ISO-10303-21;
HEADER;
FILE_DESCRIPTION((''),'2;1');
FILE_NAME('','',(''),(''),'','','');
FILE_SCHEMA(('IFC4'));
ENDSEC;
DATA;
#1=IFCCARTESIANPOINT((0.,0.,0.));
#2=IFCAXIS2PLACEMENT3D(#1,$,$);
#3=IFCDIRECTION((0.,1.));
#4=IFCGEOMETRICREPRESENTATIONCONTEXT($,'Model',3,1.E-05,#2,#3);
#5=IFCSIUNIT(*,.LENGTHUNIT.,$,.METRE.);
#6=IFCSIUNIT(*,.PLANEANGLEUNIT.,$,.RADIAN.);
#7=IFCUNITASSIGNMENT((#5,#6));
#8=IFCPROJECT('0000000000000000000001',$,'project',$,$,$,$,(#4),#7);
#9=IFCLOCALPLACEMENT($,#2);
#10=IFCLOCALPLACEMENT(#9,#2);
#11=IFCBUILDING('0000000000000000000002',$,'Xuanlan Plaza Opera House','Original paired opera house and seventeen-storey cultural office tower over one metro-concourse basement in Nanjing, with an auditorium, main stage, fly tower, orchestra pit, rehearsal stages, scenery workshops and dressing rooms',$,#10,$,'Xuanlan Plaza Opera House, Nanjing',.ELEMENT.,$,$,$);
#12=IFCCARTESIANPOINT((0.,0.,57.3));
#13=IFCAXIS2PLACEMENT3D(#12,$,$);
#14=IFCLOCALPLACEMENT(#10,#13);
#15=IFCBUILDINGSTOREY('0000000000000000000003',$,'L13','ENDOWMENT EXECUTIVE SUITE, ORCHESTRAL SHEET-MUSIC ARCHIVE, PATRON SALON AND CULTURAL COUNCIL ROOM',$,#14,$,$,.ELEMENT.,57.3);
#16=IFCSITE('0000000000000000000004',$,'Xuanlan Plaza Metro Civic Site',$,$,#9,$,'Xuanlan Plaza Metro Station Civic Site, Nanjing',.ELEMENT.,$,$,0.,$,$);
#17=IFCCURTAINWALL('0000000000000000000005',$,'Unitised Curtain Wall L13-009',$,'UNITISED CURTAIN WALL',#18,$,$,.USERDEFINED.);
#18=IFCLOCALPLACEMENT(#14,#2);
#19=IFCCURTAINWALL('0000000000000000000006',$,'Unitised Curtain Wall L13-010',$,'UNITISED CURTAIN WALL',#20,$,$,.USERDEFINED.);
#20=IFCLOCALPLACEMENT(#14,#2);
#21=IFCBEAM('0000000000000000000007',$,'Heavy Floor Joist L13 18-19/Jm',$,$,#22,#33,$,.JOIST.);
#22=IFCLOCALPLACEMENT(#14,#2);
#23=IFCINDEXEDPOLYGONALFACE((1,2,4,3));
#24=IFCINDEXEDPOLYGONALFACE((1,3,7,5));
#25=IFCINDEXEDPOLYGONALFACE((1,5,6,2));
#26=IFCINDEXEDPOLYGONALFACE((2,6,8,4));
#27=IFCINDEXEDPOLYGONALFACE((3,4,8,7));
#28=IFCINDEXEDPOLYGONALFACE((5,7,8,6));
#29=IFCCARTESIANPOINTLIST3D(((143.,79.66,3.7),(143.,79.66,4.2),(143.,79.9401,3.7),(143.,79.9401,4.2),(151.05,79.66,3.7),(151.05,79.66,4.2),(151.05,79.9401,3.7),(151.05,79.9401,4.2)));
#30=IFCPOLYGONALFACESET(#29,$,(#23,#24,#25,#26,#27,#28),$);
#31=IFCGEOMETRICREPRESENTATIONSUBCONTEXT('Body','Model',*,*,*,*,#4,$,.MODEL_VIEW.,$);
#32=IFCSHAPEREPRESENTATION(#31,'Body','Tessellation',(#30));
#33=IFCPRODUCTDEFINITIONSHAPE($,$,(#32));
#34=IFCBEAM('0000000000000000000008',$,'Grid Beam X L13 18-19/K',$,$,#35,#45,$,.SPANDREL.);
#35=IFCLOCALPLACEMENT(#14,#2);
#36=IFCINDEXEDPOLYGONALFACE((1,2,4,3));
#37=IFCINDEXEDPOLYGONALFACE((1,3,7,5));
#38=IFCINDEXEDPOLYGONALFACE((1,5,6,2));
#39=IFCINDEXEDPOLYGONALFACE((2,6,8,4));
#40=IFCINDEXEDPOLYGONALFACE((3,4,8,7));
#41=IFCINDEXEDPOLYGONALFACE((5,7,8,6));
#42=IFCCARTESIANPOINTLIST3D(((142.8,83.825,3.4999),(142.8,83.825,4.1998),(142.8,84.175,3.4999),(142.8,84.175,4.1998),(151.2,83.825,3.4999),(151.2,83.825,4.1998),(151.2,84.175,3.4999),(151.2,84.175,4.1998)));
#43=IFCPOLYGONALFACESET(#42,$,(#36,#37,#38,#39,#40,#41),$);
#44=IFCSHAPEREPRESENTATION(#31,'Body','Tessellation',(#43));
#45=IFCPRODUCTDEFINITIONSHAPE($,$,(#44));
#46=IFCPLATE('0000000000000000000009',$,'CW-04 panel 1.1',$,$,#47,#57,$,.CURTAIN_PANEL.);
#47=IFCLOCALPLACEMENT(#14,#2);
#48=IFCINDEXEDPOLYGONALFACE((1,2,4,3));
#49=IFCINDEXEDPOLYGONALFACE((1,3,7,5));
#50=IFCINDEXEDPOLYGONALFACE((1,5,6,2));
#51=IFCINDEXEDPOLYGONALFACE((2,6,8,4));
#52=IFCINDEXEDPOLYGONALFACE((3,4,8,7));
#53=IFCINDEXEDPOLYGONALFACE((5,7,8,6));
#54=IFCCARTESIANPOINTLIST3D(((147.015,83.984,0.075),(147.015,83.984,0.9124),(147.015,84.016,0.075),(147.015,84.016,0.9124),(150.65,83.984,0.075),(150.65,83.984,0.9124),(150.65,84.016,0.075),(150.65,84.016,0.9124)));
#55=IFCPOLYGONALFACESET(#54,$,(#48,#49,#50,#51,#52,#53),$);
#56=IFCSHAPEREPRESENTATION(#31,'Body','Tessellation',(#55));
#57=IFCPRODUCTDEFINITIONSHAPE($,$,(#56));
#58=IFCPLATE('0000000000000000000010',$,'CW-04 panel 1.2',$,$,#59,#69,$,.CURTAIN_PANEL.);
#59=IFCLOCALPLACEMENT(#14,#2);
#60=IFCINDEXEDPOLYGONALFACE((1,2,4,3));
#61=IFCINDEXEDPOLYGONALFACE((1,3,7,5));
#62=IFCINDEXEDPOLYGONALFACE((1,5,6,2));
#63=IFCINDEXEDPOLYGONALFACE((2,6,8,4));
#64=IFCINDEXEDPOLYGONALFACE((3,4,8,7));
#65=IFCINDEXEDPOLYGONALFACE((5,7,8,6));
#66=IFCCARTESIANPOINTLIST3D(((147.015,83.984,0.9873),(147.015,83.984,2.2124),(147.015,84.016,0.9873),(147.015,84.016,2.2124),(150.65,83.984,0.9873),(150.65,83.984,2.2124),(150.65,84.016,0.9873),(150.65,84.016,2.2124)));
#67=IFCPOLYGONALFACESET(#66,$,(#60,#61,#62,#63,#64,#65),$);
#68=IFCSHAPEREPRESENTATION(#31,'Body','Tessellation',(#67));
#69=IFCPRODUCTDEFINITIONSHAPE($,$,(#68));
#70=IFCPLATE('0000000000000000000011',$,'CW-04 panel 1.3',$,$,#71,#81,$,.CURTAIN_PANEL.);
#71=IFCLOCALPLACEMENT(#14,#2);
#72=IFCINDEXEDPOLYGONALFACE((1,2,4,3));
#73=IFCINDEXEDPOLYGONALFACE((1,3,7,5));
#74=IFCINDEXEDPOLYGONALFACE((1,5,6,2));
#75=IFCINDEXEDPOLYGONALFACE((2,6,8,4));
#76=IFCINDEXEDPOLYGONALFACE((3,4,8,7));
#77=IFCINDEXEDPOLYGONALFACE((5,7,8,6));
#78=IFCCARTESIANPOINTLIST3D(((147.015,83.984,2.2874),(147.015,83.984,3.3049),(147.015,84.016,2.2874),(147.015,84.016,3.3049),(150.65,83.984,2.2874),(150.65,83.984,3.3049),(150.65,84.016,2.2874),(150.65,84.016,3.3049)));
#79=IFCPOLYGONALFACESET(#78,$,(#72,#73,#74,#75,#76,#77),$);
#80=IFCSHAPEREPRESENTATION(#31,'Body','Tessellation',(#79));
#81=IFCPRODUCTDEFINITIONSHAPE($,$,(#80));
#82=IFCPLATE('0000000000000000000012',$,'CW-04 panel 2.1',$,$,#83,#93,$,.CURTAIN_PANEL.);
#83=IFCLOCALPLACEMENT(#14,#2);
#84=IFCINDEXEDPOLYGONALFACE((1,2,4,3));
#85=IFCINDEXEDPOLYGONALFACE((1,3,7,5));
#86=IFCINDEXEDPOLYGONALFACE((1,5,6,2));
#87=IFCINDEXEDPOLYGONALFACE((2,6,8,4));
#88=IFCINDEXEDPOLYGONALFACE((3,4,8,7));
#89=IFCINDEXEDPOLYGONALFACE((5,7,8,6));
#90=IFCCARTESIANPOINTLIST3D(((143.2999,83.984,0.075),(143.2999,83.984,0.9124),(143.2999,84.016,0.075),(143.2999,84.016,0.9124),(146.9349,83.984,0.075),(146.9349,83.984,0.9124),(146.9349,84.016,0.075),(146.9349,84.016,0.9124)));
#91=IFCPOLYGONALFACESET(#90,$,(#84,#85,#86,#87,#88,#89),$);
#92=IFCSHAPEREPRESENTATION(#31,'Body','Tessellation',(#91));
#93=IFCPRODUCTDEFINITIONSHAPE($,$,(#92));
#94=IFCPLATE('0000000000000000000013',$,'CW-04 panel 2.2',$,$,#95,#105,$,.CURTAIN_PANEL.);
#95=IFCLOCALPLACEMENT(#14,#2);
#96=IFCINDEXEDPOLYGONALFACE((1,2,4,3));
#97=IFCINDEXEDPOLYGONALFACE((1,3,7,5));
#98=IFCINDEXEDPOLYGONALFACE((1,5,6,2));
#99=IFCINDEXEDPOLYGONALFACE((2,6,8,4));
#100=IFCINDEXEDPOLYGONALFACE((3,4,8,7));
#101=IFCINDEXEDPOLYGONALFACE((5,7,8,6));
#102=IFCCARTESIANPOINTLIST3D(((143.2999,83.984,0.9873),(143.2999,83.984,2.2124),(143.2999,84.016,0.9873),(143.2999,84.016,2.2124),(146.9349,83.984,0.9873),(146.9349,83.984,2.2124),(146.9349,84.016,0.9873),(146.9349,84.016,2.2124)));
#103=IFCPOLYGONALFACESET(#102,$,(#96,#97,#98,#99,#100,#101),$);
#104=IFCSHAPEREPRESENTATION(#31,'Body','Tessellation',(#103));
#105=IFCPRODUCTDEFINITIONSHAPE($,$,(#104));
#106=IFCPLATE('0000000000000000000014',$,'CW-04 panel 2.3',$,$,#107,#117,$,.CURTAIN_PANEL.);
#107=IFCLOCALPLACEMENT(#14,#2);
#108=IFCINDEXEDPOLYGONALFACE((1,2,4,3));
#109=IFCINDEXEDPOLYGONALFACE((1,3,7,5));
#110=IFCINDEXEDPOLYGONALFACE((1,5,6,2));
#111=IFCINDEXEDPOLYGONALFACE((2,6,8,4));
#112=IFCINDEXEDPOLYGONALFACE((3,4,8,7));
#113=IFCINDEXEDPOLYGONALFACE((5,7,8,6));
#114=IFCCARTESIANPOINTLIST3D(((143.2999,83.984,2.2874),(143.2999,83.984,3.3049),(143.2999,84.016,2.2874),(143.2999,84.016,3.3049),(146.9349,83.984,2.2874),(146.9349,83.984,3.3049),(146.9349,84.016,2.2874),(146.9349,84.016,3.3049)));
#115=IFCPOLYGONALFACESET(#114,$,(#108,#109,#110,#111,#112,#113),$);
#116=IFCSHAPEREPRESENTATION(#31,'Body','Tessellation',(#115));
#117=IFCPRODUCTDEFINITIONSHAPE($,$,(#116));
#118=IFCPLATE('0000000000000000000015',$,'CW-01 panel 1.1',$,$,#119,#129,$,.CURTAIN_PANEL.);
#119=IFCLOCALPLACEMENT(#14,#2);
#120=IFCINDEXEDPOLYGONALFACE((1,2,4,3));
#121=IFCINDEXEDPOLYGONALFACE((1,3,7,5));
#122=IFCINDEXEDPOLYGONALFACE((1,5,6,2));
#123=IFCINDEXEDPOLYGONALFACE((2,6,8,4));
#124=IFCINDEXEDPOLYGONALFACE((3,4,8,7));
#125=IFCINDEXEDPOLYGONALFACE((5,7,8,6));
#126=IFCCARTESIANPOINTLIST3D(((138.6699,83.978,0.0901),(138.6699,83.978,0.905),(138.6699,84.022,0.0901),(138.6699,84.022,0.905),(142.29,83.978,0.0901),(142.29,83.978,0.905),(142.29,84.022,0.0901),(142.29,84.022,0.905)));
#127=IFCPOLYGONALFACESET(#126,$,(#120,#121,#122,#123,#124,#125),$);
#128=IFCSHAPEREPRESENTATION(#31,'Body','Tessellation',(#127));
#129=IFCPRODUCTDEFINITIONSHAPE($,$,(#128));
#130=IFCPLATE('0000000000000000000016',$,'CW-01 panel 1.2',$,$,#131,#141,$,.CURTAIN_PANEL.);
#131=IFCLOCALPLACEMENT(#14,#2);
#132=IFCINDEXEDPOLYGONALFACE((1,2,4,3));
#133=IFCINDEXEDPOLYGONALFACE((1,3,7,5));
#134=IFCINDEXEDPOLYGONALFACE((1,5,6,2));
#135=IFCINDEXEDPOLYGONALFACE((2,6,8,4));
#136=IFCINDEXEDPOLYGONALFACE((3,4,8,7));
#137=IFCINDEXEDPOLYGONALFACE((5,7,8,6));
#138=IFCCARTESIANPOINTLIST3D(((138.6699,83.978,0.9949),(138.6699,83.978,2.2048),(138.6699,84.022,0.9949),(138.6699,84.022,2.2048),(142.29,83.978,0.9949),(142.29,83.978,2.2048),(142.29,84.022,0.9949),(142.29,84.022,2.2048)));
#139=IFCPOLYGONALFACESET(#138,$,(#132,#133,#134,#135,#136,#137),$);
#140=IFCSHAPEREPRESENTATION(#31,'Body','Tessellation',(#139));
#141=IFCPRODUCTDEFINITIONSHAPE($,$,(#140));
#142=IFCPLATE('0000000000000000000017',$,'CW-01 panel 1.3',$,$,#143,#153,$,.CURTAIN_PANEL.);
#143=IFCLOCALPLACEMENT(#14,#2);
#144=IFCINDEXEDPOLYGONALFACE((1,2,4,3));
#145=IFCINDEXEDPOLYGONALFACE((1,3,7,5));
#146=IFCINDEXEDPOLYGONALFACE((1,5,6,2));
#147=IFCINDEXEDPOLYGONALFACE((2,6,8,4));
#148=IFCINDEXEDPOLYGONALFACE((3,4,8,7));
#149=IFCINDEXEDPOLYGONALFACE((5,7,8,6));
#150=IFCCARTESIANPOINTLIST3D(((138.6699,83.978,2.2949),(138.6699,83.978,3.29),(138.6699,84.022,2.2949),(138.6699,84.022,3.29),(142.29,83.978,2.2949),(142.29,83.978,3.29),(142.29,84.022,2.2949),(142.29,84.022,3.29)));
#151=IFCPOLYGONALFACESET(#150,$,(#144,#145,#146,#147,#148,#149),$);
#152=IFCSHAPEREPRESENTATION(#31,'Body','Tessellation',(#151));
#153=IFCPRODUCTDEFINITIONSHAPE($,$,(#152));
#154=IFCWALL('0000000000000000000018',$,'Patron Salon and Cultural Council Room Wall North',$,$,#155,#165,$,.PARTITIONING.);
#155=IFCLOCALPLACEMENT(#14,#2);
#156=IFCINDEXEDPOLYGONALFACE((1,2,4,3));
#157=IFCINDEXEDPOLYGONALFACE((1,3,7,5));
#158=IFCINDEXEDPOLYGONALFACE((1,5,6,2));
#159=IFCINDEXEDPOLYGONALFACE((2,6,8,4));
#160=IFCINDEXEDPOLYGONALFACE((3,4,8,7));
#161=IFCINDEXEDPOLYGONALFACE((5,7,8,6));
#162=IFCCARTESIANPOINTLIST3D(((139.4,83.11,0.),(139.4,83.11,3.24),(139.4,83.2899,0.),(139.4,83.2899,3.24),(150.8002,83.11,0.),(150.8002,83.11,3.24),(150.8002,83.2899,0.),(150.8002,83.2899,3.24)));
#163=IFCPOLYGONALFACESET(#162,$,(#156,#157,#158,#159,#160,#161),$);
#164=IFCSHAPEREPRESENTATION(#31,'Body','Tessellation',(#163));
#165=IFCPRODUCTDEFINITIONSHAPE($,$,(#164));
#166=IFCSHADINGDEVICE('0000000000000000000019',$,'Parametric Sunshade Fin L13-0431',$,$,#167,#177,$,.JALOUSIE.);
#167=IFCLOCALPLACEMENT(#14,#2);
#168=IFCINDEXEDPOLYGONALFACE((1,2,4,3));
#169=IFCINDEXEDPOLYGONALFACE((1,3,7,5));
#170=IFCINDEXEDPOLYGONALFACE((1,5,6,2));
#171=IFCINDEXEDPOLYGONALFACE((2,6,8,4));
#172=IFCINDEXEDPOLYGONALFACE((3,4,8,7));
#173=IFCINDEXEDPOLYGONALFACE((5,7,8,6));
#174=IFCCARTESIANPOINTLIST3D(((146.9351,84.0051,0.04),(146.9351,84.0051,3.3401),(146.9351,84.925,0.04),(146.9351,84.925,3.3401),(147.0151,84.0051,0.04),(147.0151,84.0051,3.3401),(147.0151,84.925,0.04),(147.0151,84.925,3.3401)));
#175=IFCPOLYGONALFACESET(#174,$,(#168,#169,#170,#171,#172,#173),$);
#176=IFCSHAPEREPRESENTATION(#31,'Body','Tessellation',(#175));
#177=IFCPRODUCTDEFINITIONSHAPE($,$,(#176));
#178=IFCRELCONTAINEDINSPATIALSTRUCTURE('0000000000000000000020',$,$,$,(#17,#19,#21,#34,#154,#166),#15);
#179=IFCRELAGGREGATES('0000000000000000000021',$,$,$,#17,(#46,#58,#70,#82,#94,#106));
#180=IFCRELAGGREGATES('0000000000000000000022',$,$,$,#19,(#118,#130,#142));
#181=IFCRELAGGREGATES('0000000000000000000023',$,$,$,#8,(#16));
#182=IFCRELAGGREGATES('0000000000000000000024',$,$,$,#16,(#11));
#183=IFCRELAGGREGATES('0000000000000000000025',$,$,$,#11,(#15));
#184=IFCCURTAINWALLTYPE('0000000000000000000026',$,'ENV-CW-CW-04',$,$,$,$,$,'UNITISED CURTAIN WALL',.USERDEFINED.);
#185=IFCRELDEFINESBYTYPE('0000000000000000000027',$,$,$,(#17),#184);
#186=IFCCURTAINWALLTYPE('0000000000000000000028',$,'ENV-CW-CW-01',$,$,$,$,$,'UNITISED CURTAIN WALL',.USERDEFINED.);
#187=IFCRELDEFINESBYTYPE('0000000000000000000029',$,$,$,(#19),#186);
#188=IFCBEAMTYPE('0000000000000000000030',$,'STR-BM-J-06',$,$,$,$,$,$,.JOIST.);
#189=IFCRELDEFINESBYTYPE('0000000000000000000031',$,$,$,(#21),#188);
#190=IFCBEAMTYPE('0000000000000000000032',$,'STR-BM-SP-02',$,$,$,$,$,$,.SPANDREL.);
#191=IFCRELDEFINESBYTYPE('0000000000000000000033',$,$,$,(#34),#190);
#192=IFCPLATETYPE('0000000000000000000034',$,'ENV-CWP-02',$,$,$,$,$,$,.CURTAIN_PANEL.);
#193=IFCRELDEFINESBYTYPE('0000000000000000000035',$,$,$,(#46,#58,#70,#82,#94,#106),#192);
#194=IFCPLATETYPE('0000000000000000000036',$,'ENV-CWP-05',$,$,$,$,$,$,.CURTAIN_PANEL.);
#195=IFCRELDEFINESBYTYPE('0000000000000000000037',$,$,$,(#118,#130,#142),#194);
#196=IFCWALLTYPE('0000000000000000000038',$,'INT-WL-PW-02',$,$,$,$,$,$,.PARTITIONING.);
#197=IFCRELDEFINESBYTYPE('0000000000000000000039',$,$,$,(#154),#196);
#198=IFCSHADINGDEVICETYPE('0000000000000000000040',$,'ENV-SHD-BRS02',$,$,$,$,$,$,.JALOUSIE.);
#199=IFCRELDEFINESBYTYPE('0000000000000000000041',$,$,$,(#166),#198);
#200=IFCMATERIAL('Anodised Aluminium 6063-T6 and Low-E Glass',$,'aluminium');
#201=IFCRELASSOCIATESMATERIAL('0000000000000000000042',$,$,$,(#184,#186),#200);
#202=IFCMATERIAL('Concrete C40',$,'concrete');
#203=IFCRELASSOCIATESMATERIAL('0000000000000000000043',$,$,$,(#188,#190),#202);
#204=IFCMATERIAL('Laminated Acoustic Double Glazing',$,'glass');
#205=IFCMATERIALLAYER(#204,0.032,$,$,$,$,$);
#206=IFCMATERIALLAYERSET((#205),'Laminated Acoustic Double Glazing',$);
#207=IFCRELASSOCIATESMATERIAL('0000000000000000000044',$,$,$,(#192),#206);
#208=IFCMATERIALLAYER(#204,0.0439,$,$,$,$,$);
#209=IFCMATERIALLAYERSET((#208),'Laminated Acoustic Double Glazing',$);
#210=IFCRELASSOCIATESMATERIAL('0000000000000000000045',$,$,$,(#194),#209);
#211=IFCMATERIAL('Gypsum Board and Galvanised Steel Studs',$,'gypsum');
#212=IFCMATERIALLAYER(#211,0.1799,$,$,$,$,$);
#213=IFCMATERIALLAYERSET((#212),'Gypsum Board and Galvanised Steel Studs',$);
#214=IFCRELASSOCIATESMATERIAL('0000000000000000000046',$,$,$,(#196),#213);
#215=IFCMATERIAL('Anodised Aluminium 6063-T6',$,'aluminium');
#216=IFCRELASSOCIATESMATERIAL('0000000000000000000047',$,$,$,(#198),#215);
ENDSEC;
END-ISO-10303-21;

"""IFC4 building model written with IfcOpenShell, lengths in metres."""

from ifc_helpers import new_model, si_unit, direction, frame, frame_2d, origin, origin_2d, place, context, subcontext, project, spatial, rectangle, extrude, material, layer, layer_set, material_profile, profile_set, type_object, element, aggregate, save


model = new_model("IFC4")

# Units and contexts
model_context = context("Model", 3, precision=1e-05, world=origin(), true_north=direction((0.0, 1.0)))
body_context = subcontext(model_context, "Body", "Model", "MODEL_VIEW")
ifc_project = project(units=[si_unit("LENGTHUNIT", "METRE"), si_unit("PLANEANGLEUNIT", "RADIAN")], contexts=[model_context])

# Site, building, storey
site_placement = place(None, origin())
site = spatial("IfcSite", under=ifc_project, at=site_placement, Name="Xuanlan Plaza Metro Civic Site", LongName="Xuanlan Plaza Metro Station Civic Site, Nanjing", CompositionType="ELEMENT", RefElevation=0.0)
building_placement = place(site_placement, origin())
building = spatial("IfcBuilding", under=site, at=building_placement, Name="Xuanlan Plaza Opera House", Description="Original paired opera house and seventeen-storey cultural office tower over one metro-concourse basement in Nanjing, with an auditorium, main stage, fly tower, orchestra pit, rehearsal stages, scenery workshops and dressing rooms", LongName="Xuanlan Plaza Opera House, Nanjing", CompositionType="ELEMENT")
storey_placement = place(building_placement, frame((0.0, 0.0, 57.3)))
storey = spatial("IfcBuildingStorey", under=building, at=storey_placement, Name="L13", Description="ENDOWMENT EXECUTIVE SUITE, ORCHESTRAL SHEET-MUSIC ARCHIVE, PATRON SALON AND CULTURAL COUNCIL ROOM", CompositionType="ELEMENT", Elevation=57.3)

# Curtain wall
ifc_material_1 = material(Name="Anodised Aluminium 6063-T6 and Low-E Glass", Category="aluminium")
curtain_wall_type_1 = type_object("IfcCurtainWallType", Name="ENV-CW-CW-04", ElementType="UNITISED CURTAIN WALL", PredefinedType="USERDEFINED", material=ifc_material_1)
curtain_wall_1_placement = place(storey_placement, origin())
curtain_wall_1 = element("IfcCurtainWall", 1, at=curtain_wall_1_placement, inside=storey, type_object=curtain_wall_type_1, Name="Unitised Curtain Wall L13-009", ObjectType="UNITISED CURTAIN WALL", PredefinedType="USERDEFINED")
ifc_material_2 = material(Name="Anodised Aluminium 6063-T6", Category="aluminium")

# Curtain wall
curtain_wall_type_2 = type_object("IfcCurtainWallType", Name="ENV-CW-CW-01", ElementType="UNITISED CURTAIN WALL", PredefinedType="USERDEFINED", material=ifc_material_1)
curtain_wall_2_placement = place(storey_placement, origin())
curtain_wall_2 = element("IfcCurtainWall", 2, at=curtain_wall_2_placement, inside=storey, type_object=curtain_wall_type_2, Name="Unitised Curtain Wall L13-010", ObjectType="UNITISED CURTAIN WALL", PredefinedType="USERDEFINED")

# Beams
ifc_material_3 = material(Name="Concrete C40", Category="concrete")
ifc_material_profile_1 = material_profile(ifc_material_3, rectangle(XDim=0.28, YDim=0.5, at=origin_2d()), Name="RC-JST 280x500")
ifc_profile_set_1 = profile_set([ifc_material_profile_1], Name="Concrete C40")
beam_type_1 = type_object("IfcBeamType", Name="STR-BM-J-06", PredefinedType="JOIST", material=ifc_profile_set_1)
beam_1_placement = place(storey_placement, frame((143.0, 79.8, 3.95), z_axis=(1.0, 0.0, 0.0), x_axis=(0.0, 1.0, 0.0)))
element("IfcBeam", 3, at=beam_1_placement, inside=storey, type_object=beam_type_1, Name="Heavy Floor Joist L13 18-19/Jm", PredefinedType="JOIST", context=body_context, shape_type="SweptSolid", body=[
    extrude(rectangle(XDim=0.28, YDim=0.5, at=origin_2d()), origin(), (0.0, 0.0, 1.0), 8.05),
])
ifc_material_profile_2 = material_profile(ifc_material_3, rectangle(XDim=0.3501, YDim=0.7, at=origin_2d()), Name="RC-SPD 350x700")
ifc_profile_set_2 = profile_set([ifc_material_profile_2], Name="Concrete C40")
beam_type_2 = type_object("IfcBeamType", Name="STR-BM-SP-02", PredefinedType="SPANDREL", material=ifc_profile_set_2)
beam_2_placement = place(storey_placement, frame((142.8, 84.0, 3.8499), z_axis=(1.0, 0.0, 0.0), x_axis=(0.0, 1.0, 0.0)))
element("IfcBeam", 4, at=beam_2_placement, inside=storey, type_object=beam_type_2, Name="Grid Beam X L13 18-19/K", PredefinedType="SPANDREL", context=body_context, shape_type="SweptSolid", body=[
    extrude(rectangle(XDim=0.3501, YDim=0.7, at=origin_2d()), origin(), (0.0, 0.0, 1.0), 8.3999),
])

# Plates
ifc_material_4 = material(Name="Laminated Acoustic Double Glazing", Category="glass")
ifc_layer_1 = layer(ifc_material_4, 0.032)
ifc_layer_set_1 = layer_set([ifc_layer_1], Name="Laminated Acoustic Double Glazing")
plate_type_1 = type_object("IfcPlateType", Name="ENV-CWP-02", PredefinedType="CURTAIN_PANEL", material=ifc_layer_set_1)
plate_1_placement = place(storey_placement, frame((148.8325, 84.0, 0.075), z_axis=(0.0, 0.0, 1.0), x_axis=(-1.0, 0.0, 0.0)))
plate_1 = element("IfcPlate", 5, at=plate_1_placement, type_object=plate_type_1, Name="CW-04 panel 1.1", PredefinedType="CURTAIN_PANEL", context=body_context, shape_type="SweptSolid", body=[
    extrude(rectangle(XDim=3.635, YDim=0.032, at=origin_2d()), origin(), (0.0, 0.0, 1.0), 0.8374),
])
plate_2_placement = place(storey_placement, frame((148.8325, 84.0, 0.9873), z_axis=(0.0, 0.0, 1.0), x_axis=(-1.0, 0.0, 0.0)))
plate_2 = element("IfcPlate", 6, at=plate_2_placement, type_object=plate_type_1, Name="CW-04 panel 1.2", PredefinedType="CURTAIN_PANEL", context=body_context, shape_type="SweptSolid", body=[
    extrude(rectangle(XDim=3.635, YDim=0.032, at=origin_2d()), origin(), (0.0, 0.0, 1.0), 1.2251),
])
plate_3_placement = place(storey_placement, frame((148.8325, 84.0, 2.2874), z_axis=(0.0, 0.0, 1.0), x_axis=(-1.0, 0.0, 0.0)))
plate_3 = element("IfcPlate", 7, at=plate_3_placement, type_object=plate_type_1, Name="CW-04 panel 1.3", PredefinedType="CURTAIN_PANEL", context=body_context, shape_type="SweptSolid", body=[
    extrude(rectangle(XDim=3.635, YDim=0.032, at=origin_2d()), origin(), (0.0, 0.0, 1.0), 1.0176),
])
plate_4_placement = place(storey_placement, frame((145.1174, 84.0, 0.075), z_axis=(0.0, 0.0, 1.0), x_axis=(-1.0, 0.0, 0.0)))
plate_4 = element("IfcPlate", 8, at=plate_4_placement, type_object=plate_type_1, Name="CW-04 panel 2.1", PredefinedType="CURTAIN_PANEL", context=body_context, shape_type="SweptSolid", body=[
    extrude(rectangle(XDim=3.635, YDim=0.032, at=origin_2d()), origin(), (0.0, 0.0, 1.0), 0.8374),
])
plate_5_placement = place(storey_placement, frame((145.1174, 84.0, 0.9873), z_axis=(0.0, 0.0, 1.0), x_axis=(-1.0, 0.0, 0.0)))
plate_5 = element("IfcPlate", 9, at=plate_5_placement, type_object=plate_type_1, Name="CW-04 panel 2.2", PredefinedType="CURTAIN_PANEL", context=body_context, shape_type="SweptSolid", body=[
    extrude(rectangle(XDim=3.635, YDim=0.032, at=origin_2d()), origin(), (0.0, 0.0, 1.0), 1.2251),
])
plate_6_placement = place(storey_placement, frame((145.1174, 84.0, 2.2874), z_axis=(0.0, 0.0, 1.0), x_axis=(-1.0, 0.0, 0.0)))
plate_6 = element("IfcPlate", 10, at=plate_6_placement, type_object=plate_type_1, Name="CW-04 panel 2.3", PredefinedType="CURTAIN_PANEL", context=body_context, shape_type="SweptSolid", body=[
    extrude(rectangle(XDim=3.635, YDim=0.032, at=origin_2d()), origin(), (0.0, 0.0, 1.0), 1.0176),
])
aggregate(curtain_wall_1, [plate_1, plate_2, plate_3, plate_4, plate_5, plate_6])
ifc_layer_2 = layer(ifc_material_4, 0.0439)
ifc_layer_set_2 = layer_set([ifc_layer_2], Name="Laminated Acoustic Double Glazing")
plate_type_2 = type_object("IfcPlateType", Name="ENV-CWP-05", PredefinedType="CURTAIN_PANEL", material=ifc_layer_set_2)
plate_7_placement = place(storey_placement, frame((140.48, 84.0, 0.0901), z_axis=(0.0, 0.0, 1.0), x_axis=(-1.0, 0.0, 0.0)))
plate_7 = element("IfcPlate", 11, at=plate_7_placement, type_object=plate_type_2, Name="CW-01 panel 1.1", PredefinedType="CURTAIN_PANEL", context=body_context, shape_type="SweptSolid", body=[
    extrude(rectangle(XDim=3.6201, YDim=0.0439, at=origin_2d()), origin(), (0.0, 0.0, 1.0), 0.8149),
])
plate_8_placement = place(storey_placement, frame((140.48, 84.0, 0.9949), z_axis=(0.0, 0.0, 1.0), x_axis=(-1.0, 0.0, 0.0)))
plate_8 = element("IfcPlate", 12, at=plate_8_placement, type_object=plate_type_2, Name="CW-01 panel 1.2", PredefinedType="CURTAIN_PANEL", context=body_context, shape_type="SweptSolid", body=[
    extrude(rectangle(XDim=3.6201, YDim=0.0439, at=origin_2d()), origin(), (0.0, 0.0, 1.0), 1.21),
])
plate_9_placement = place(storey_placement, frame((140.48, 84.0, 2.2949), z_axis=(0.0, 0.0, 1.0), x_axis=(-1.0, 0.0, 0.0)))
plate_9 = element("IfcPlate", 13, at=plate_9_placement, type_object=plate_type_2, Name="CW-01 panel 1.3", PredefinedType="CURTAIN_PANEL", context=body_context, shape_type="SweptSolid", body=[
    extrude(rectangle(XDim=3.6201, YDim=0.0439, at=origin_2d()), origin(), (0.0, 0.0, 1.0), 0.9951),
])
aggregate(curtain_wall_2, [plate_7, plate_8, plate_9])

# Wall
ifc_material_5 = material(Name="Gypsum Board and Galvanised Steel Studs", Category="gypsum")
ifc_layer_3 = layer(ifc_material_5, 0.1799)
ifc_layer_set_3 = layer_set([ifc_layer_3], Name="Gypsum Board and Galvanised Steel Studs")
wall_type = type_object("IfcWallType", Name="INT-WL-PW-02", PredefinedType="PARTITIONING", material=ifc_layer_set_3)
wall_placement = place(storey_placement, frame((139.3999, 83.2, 0.0), z_axis=(0.0, 0.0, 1.0), x_axis=(1.0, 0.0, 0.0)))
element("IfcWall", 14, at=wall_placement, inside=storey, type_object=wall_type, Name="Patron Salon and Cultural Council Room Wall North", PredefinedType="PARTITIONING", context=body_context, shape_type="SweptSolid", body=[
    extrude(rectangle(XDim=11.4001, YDim=0.1799, at=frame_2d((5.7002, 0.0))), origin(), (0.0, 0.0, 1.0), 3.24),
])

# Shading device
shading_device_type = type_object("IfcShadingDeviceType", Name="ENV-SHD-BRS02", PredefinedType="JALOUSIE", material=ifc_material_2)
shading_device_placement = place(storey_placement, frame((146.9751, 84.4651, 0.04), z_axis=(0.0, 0.0, 1.0), x_axis=(0.0, 1.0, 0.0)))
element("IfcShadingDevice", 15, at=shading_device_placement, inside=storey, type_object=shading_device_type, Name="Parametric Sunshade Fin L13-0431", PredefinedType="JALOUSIE", context=body_context, shape_type="SweptSolid", body=[
    extrude(rectangle(XDim=0.9199, YDim=0.0801, at=origin_2d()), origin(), (0.0, 0.0, 1.0), 3.3),
])

save(model, "model.ifc")
